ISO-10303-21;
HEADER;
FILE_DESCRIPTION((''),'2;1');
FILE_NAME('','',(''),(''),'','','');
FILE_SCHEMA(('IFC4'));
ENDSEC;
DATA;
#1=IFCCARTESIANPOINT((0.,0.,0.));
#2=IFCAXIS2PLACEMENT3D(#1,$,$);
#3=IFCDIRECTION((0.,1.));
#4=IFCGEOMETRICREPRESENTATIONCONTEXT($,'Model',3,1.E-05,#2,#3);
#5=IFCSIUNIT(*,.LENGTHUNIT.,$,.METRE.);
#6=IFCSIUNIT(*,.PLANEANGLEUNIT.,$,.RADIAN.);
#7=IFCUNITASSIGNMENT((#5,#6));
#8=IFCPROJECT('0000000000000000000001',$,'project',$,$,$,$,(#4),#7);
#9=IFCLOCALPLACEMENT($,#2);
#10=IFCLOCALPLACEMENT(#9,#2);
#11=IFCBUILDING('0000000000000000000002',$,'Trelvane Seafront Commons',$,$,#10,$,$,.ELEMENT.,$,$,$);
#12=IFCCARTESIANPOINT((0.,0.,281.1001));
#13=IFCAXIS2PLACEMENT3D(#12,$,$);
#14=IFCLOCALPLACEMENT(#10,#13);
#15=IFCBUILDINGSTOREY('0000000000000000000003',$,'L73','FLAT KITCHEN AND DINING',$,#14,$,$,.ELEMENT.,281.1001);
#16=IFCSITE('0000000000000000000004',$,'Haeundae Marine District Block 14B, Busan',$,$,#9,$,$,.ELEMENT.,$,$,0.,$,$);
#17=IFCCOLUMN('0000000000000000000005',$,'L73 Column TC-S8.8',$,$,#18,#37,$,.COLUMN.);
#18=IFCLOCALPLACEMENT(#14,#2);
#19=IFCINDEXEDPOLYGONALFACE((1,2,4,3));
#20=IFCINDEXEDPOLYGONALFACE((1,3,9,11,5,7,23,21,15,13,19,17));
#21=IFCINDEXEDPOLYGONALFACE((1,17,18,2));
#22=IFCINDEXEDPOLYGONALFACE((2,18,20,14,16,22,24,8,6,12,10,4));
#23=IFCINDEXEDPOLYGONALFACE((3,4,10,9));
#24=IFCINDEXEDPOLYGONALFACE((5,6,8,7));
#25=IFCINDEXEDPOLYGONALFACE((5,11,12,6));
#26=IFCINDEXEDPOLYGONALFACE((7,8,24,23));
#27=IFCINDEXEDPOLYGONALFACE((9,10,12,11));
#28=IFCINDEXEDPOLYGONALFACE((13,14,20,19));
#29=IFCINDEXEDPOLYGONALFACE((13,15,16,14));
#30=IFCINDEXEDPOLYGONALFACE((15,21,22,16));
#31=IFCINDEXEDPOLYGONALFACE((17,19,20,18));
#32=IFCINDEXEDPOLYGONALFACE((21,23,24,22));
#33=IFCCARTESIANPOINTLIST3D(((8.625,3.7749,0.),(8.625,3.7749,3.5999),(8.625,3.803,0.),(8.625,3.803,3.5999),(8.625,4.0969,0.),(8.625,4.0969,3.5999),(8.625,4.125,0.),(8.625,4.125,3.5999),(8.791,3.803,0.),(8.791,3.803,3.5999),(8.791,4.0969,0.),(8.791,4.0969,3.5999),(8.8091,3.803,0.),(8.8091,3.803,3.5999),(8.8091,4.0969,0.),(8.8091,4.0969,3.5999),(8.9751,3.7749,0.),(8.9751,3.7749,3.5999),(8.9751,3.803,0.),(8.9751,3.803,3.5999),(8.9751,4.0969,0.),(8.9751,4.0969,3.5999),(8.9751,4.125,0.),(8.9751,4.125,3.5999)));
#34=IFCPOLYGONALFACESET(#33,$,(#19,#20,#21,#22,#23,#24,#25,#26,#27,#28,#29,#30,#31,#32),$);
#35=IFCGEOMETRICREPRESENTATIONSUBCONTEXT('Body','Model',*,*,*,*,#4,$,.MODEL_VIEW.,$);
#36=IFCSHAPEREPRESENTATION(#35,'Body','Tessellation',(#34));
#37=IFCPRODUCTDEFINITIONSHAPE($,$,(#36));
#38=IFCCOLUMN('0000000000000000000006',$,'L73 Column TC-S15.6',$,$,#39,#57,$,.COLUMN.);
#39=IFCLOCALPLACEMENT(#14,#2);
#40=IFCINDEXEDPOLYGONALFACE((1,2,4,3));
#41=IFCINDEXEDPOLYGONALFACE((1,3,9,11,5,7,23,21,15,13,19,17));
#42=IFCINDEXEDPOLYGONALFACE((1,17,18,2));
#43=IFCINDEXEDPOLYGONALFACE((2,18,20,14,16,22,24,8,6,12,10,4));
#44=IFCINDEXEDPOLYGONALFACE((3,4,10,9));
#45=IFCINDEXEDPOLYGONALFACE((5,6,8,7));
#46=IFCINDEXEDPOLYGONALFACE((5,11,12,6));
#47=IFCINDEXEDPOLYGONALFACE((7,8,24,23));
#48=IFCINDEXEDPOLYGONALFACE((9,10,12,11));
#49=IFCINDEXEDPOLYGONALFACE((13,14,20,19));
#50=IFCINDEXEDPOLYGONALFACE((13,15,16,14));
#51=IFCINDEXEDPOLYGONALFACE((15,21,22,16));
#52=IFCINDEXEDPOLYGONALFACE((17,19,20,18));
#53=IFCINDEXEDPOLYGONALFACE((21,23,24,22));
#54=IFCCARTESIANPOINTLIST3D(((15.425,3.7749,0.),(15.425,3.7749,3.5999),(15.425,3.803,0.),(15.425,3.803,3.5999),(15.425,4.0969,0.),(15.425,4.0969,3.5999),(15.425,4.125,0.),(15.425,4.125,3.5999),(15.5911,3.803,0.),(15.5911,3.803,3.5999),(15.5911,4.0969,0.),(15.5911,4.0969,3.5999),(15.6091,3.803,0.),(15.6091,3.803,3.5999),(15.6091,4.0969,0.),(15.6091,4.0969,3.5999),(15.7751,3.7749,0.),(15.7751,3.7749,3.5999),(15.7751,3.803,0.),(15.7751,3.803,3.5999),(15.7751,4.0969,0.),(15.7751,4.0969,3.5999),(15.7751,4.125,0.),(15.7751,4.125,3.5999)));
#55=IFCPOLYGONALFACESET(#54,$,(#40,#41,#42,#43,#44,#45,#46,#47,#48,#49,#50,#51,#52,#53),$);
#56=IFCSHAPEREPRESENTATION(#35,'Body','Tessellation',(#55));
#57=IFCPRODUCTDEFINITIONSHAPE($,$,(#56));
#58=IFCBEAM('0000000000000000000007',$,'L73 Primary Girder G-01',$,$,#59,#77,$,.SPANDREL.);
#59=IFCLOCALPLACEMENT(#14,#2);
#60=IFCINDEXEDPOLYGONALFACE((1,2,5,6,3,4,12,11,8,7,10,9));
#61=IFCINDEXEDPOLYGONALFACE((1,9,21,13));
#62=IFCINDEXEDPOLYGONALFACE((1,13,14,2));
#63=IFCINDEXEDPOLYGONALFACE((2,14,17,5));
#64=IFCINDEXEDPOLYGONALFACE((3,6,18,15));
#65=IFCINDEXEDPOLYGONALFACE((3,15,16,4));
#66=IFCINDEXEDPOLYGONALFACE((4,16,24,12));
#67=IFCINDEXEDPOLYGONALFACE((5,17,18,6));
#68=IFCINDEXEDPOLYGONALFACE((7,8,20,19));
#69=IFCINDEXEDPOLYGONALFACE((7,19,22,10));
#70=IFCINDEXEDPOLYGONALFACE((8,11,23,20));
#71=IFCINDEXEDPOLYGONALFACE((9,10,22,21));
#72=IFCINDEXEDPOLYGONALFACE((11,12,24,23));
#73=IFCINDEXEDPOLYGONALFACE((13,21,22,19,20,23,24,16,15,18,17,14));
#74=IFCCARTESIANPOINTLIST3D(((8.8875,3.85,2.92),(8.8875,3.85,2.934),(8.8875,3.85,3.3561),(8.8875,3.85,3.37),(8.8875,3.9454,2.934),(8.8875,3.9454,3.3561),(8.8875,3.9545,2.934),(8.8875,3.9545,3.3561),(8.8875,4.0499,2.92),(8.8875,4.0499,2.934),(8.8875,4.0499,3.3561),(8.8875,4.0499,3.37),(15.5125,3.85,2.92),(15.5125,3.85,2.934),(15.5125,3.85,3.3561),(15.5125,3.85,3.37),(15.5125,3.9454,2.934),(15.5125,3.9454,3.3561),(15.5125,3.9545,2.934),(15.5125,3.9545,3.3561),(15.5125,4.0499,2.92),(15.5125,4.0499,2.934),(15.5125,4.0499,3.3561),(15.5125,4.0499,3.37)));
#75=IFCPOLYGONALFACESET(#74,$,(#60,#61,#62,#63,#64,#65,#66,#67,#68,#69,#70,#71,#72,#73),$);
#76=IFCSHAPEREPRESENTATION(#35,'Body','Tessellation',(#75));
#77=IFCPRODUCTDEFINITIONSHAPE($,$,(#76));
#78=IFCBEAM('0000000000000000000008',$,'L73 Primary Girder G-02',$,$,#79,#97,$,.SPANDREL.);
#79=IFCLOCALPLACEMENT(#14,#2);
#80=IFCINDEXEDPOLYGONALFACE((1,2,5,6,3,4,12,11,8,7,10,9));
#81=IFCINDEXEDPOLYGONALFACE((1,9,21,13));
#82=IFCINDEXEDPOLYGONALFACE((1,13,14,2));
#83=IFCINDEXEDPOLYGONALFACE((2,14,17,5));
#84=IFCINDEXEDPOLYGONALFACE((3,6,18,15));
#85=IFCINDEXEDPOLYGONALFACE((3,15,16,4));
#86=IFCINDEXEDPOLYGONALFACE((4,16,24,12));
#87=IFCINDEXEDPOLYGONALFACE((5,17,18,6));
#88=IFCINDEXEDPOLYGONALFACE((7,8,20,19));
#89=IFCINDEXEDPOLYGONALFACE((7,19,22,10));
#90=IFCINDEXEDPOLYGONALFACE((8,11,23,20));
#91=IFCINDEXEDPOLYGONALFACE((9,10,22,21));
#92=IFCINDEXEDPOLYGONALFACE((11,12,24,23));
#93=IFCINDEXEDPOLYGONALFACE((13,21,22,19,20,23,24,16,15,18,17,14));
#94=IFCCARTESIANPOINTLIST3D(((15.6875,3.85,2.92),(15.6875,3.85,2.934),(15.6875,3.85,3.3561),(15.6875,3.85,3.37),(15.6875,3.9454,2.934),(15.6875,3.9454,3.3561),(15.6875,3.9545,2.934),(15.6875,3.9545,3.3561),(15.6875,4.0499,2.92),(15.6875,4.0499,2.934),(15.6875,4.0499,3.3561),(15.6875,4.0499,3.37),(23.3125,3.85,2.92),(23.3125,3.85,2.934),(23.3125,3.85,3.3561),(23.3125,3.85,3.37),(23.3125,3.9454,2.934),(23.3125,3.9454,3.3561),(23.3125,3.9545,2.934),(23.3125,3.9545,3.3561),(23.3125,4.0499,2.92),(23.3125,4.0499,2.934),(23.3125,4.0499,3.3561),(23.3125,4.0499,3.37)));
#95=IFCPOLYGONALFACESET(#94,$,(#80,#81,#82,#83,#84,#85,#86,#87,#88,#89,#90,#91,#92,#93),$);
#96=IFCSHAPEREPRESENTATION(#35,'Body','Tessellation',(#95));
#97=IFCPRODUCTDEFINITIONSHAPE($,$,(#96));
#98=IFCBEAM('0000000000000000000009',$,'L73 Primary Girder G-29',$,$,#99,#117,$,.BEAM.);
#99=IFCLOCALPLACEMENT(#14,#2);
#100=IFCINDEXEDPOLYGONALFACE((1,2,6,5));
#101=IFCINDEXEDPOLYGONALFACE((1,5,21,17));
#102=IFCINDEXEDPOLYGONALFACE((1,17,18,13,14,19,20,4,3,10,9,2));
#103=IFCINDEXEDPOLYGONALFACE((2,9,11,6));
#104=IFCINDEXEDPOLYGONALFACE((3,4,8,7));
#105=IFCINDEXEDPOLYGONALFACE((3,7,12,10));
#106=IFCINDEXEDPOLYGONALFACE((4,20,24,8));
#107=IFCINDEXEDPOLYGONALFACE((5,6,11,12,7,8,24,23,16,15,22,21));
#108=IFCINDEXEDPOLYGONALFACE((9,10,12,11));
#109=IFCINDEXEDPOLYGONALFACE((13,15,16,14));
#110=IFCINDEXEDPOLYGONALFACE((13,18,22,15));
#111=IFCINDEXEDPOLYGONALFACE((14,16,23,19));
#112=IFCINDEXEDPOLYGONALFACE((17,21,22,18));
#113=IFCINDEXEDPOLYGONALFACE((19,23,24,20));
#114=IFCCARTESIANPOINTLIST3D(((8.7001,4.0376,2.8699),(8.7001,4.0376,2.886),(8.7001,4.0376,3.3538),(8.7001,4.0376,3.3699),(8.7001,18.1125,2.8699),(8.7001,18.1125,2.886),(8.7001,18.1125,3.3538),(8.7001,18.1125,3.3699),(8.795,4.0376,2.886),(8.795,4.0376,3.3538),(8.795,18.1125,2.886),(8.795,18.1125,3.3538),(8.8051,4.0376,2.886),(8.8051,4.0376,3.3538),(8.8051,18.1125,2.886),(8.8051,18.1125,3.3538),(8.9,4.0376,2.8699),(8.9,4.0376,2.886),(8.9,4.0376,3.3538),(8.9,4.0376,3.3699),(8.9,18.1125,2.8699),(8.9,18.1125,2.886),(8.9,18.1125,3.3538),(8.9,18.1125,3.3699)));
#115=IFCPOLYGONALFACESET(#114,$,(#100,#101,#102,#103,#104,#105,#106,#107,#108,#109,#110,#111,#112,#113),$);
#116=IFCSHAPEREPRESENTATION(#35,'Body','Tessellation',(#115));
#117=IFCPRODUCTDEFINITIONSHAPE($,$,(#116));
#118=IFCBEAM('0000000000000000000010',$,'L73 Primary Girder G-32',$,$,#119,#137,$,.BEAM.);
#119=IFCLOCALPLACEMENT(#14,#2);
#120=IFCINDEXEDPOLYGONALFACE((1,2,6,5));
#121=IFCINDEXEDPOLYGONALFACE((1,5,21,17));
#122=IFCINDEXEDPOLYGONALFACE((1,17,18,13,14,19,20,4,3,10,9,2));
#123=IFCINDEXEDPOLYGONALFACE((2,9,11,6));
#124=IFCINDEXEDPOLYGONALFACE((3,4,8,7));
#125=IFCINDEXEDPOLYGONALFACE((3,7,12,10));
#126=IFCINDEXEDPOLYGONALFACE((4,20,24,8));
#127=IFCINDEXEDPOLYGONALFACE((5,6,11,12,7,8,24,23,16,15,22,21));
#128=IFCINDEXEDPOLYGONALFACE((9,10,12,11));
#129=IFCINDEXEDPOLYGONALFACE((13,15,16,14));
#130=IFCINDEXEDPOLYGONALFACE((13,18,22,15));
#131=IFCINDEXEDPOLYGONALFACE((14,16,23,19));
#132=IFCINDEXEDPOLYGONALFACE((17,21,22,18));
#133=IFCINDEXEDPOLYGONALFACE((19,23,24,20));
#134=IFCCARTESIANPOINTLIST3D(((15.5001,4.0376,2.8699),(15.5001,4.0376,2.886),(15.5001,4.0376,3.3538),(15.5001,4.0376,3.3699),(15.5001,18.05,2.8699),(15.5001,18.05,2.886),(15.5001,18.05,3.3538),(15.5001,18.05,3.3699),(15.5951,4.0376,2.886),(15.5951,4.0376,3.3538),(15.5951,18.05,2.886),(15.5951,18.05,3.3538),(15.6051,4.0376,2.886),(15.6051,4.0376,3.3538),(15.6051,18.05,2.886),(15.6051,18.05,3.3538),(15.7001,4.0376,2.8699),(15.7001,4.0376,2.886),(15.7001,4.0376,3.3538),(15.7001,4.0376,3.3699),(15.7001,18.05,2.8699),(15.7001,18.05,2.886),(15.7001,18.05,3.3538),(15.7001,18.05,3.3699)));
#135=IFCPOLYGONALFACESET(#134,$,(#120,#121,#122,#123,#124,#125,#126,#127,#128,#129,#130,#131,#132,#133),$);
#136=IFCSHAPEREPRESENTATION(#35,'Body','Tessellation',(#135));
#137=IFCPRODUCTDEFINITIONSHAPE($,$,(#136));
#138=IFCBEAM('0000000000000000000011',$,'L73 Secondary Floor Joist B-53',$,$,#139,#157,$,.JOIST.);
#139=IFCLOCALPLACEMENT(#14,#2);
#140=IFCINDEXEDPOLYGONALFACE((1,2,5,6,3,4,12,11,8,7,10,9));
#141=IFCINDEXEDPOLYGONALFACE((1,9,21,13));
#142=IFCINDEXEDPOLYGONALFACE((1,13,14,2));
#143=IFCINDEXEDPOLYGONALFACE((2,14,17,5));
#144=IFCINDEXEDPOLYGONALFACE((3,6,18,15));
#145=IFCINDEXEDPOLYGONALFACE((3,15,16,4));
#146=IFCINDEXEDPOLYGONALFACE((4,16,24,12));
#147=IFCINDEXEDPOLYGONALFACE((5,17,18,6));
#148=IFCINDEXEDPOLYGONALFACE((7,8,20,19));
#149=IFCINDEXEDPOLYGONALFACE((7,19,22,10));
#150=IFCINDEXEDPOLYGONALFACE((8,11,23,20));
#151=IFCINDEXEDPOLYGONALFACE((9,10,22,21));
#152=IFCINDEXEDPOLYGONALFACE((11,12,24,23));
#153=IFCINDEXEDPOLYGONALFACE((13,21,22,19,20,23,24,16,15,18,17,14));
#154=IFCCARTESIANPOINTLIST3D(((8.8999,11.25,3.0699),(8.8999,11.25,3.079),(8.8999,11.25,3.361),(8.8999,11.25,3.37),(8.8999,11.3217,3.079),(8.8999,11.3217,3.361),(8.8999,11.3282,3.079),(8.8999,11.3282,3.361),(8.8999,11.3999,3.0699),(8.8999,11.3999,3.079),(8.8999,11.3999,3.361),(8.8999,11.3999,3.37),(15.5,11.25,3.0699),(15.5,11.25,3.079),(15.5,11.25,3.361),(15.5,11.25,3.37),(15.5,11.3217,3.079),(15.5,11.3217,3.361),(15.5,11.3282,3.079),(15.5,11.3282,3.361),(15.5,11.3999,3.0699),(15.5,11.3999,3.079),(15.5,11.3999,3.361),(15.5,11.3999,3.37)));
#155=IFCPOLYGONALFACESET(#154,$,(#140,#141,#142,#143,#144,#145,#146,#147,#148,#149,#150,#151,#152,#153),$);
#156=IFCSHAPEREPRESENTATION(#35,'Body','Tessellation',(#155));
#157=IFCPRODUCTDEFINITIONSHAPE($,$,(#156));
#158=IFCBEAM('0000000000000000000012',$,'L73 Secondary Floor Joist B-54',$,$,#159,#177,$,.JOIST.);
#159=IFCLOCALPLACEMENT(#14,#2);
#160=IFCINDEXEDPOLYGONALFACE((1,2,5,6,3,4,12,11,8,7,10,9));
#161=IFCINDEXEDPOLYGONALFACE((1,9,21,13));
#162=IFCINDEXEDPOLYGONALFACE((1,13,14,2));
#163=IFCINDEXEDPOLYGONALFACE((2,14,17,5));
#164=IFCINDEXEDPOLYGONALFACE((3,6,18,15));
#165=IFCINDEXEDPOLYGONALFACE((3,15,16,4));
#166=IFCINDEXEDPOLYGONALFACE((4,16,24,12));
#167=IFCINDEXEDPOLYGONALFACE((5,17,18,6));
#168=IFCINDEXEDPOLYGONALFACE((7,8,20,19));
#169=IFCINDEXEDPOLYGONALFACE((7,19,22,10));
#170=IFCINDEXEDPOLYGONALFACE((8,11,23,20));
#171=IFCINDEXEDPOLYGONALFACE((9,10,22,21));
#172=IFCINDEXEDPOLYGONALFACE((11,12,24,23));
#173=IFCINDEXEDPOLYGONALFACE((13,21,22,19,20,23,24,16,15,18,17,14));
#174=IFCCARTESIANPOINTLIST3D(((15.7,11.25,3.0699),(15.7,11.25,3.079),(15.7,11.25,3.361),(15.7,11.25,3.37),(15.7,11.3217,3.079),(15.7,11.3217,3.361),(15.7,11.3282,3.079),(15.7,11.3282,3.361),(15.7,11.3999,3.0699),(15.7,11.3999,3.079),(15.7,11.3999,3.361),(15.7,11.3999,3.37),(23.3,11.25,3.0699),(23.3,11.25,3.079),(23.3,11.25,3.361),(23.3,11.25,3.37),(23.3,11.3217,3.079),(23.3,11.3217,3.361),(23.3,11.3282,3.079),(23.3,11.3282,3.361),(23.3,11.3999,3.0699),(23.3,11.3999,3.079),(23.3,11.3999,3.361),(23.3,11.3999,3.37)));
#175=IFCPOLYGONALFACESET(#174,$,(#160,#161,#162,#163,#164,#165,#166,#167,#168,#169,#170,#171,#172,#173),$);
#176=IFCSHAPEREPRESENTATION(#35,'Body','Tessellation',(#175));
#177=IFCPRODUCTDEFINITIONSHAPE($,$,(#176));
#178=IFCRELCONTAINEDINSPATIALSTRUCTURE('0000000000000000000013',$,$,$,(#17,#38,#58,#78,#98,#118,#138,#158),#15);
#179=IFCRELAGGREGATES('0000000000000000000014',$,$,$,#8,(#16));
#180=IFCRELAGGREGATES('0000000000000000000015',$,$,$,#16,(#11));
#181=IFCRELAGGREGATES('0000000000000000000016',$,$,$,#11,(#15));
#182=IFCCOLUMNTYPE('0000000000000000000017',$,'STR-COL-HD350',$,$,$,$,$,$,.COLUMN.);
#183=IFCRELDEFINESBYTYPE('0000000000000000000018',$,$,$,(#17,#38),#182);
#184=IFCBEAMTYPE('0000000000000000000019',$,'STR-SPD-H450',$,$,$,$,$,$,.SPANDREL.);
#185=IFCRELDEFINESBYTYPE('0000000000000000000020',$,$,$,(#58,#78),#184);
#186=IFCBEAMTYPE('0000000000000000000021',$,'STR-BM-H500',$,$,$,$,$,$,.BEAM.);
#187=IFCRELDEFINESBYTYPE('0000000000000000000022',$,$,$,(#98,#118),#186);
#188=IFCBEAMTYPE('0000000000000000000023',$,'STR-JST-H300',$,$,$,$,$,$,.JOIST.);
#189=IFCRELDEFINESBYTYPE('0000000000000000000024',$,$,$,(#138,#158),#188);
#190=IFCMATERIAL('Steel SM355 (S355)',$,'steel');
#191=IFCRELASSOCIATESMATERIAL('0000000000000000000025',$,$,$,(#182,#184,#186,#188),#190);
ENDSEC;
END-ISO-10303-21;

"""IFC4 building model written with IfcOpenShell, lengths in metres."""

from ifc_helpers import new_model, si_unit, direction, frame, origin, origin_2d, place, context, subcontext, project, spatial, i_section, extrude, source, transform, mapped, material, material_profile, profile_set, type_object, element, save


model = new_model("IFC4")

# Units and contexts
model_context = context("Model", 3, precision=1e-05, world=origin(), true_north=direction((0.0, 1.0)))
body_context = subcontext(model_context, "Body", "Model", "MODEL_VIEW")
ifc_project = project(units=[si_unit("LENGTHUNIT", "METRE"), si_unit("PLANEANGLEUNIT", "RADIAN")], contexts=[model_context])

# Site, building, storey
site_placement = place(None, origin())
site = spatial("IfcSite", under=ifc_project, at=site_placement, Name="Haeundae Marine District Block 14B, Busan", CompositionType="ELEMENT", RefElevation=0.0)
building_placement = place(site_placement, origin())
building = spatial("IfcBuilding", under=site, at=building_placement, Name="Trelvane Seafront Commons", CompositionType="ELEMENT")
storey_placement = place(building_placement, frame((0.0, 0.0, 281.1001)))
storey = spatial("IfcBuildingStorey", under=building, at=storey_placement, Name="L73", Description="FLAT KITCHEN AND DINING", CompositionType="ELEMENT", Elevation=281.1001)

# Columns
ifc_material_1 = material(Name="Steel SM355 (S355)", Category="steel")
ifc_material_profile_1 = material_profile(ifc_material_1, i_section(OverallWidth=0.3501, OverallDepth=0.3501, WebThickness=0.0181, FlangeThickness=0.0281, at=origin_2d()), Name="HD-350x350x18x28")
ifc_profile_set_1 = profile_set([ifc_material_profile_1], Name="Steel SM355 (S355)")
column_type = type_object("IfcColumnType", Name="STR-COL-HD350", PredefinedType="COLUMN", material=ifc_profile_set_1)
shared_shape_1 = source(origin(), body_context, "Body", "SweptSolid", [
    extrude(i_section(OverallWidth=0.3501, OverallDepth=0.3501, WebThickness=0.0181, FlangeThickness=0.0281, at=origin_2d()), origin(), (0.0, 0.0, 1.0), 3.5999),
])
for number, where, z_axis, x_axis, name in (
    (1, (8.8, 3.95, 0.0), (0.0, 0.0, 1.0), (1.0, 0.0, 0.0), "L73 Column TC-S8.8"),
    (2, (15.6001, 3.95, 0.0), (0.0, 0.0, 1.0), (1.0, 0.0, 0.0), "L73 Column TC-S15.6"),
):
    element("IfcColumn", number, at=place(storey_placement, frame(where, z_axis=z_axis, x_axis=x_axis)), inside=storey, type_object=column_type, Name=name, PredefinedType="COLUMN", context=body_context, shape_type="MappedRepresentation", body=[
        mapped(shared_shape_1, transform((0.0, 0.0, 0.0), x_axis=(1.0, 0.0, 0.0), y_axis=(0.0, 1.0, 0.0), z_axis=(0.0, 0.0, 1.0), scale=1.0)),
    ])

# Beams
ifc_material_profile_2 = material_profile(ifc_material_1, i_section(OverallWidth=0.2, OverallDepth=0.45, WebThickness=0.009, FlangeThickness=0.0139, at=origin_2d()), Name="H-450x200x9x14")
ifc_profile_set_2 = profile_set([ifc_material_profile_2], Name="Steel SM355 (S355)")
beam_type_1 = type_object("IfcBeamType", Name="STR-SPD-H450", PredefinedType="SPANDREL", material=ifc_profile_set_2)
shared_shape_2 = source(origin(), body_context, "Body", "SweptSolid", [
    extrude(i_section(OverallWidth=0.2, OverallDepth=0.45, WebThickness=0.009, FlangeThickness=0.0139, at=origin_2d()), origin(), (0.0, 0.0, 1.0), 6.625),
])
beam_1_placement = place(storey_placement, frame((8.8875, 3.95, 3.145), z_axis=(1.0, 0.0, 0.0), x_axis=(0.0, 1.0, 0.0)))
element("IfcBeam", 3, at=beam_1_placement, inside=storey, type_object=beam_type_1, Name="L73 Primary Girder G-01", PredefinedType="SPANDREL", context=body_context, shape_type="MappedRepresentation", body=[
    mapped(shared_shape_2, transform((0.0, 0.0, 0.0), x_axis=(1.0, 0.0, 0.0), y_axis=(0.0, 1.0, 0.0), z_axis=(0.0, 0.0, 1.0), scale=1.0)),
])
shared_shape_3 = source(origin(), body_context, "Body", "SweptSolid", [
    extrude(i_section(OverallWidth=0.2, OverallDepth=0.45, WebThickness=0.009, FlangeThickness=0.0139, at=origin_2d()), origin(), (0.0, 0.0, 1.0), 7.625),
])
beam_2_placement = place(storey_placement, frame((15.6875, 3.95, 3.145), z_axis=(1.0, 0.0, 0.0), x_axis=(0.0, 1.0, 0.0)))
element("IfcBeam", 4, at=beam_2_placement, inside=storey, type_object=beam_type_1, Name="L73 Primary Girder G-02", PredefinedType="SPANDREL", context=body_context, shape_type="MappedRepresentation", body=[
    mapped(shared_shape_3, transform((0.0, 0.0, 0.0), x_axis=(1.0, 0.0, 0.0), y_axis=(0.0, 1.0, 0.0), z_axis=(0.0, 0.0, 1.0), scale=1.0)),
])
ifc_material_profile_3 = material_profile(ifc_material_1, i_section(OverallWidth=0.2, OverallDepth=0.5, WebThickness=0.01, FlangeThickness=0.0161, at=origin_2d()), Name="H-500x200x10x16")
ifc_profile_set_3 = profile_set([ifc_material_profile_3], Name="Steel SM355 (S355)")
beam_type_2 = type_object("IfcBeamType", Name="STR-BM-H500", PredefinedType="BEAM", material=ifc_profile_set_3)
shared_shape_4 = source(origin(), body_context, "Body", "SweptSolid", [
    extrude(i_section(OverallWidth=0.2, OverallDepth=0.5, WebThickness=0.01, FlangeThickness=0.0161, at=origin_2d()), origin(), (0.0, 0.0, 1.0), 14.075),
])
beam_3_placement = place(storey_placement, frame((8.8, 4.0376, 3.1199), z_axis=(0.0, 1.0, 0.0), x_axis=(-1.0, 0.0, 0.0)))
element("IfcBeam", 5, at=beam_3_placement, inside=storey, type_object=beam_type_2, Name="L73 Primary Girder G-29", PredefinedType="BEAM", context=body_context, shape_type="MappedRepresentation", body=[
    mapped(shared_shape_4, transform((0.0, 0.0, 0.0), x_axis=(1.0, 0.0, 0.0), y_axis=(0.0, 1.0, 0.0), z_axis=(0.0, 0.0, 1.0), scale=1.0)),
])
shared_shape_5 = source(origin(), body_context, "Body", "SweptSolid", [
    extrude(i_section(OverallWidth=0.2, OverallDepth=0.5, WebThickness=0.01, FlangeThickness=0.0161, at=origin_2d()), origin(), (0.0, 0.0, 1.0), 14.0125),
])
beam_4_placement = place(storey_placement, frame((15.6001, 4.0376, 3.1199), z_axis=(0.0, 1.0, 0.0), x_axis=(-1.0, 0.0, 0.0)))
element("IfcBeam", 6, at=beam_4_placement, inside=storey, type_object=beam_type_2, Name="L73 Primary Girder G-32", PredefinedType="BEAM", context=body_context, shape_type="MappedRepresentation", body=[
    mapped(shared_shape_5, transform((0.0, 0.0, 0.0), x_axis=(1.0, 0.0, 0.0), y_axis=(0.0, 1.0, 0.0), z_axis=(0.0, 0.0, 1.0), scale=1.0)),
])
ifc_material_profile_4 = material_profile(ifc_material_1, i_section(OverallWidth=0.1499, OverallDepth=0.3, WebThickness=0.0066, FlangeThickness=0.009, at=origin_2d()), Name="H-300x150x6.5x9")
ifc_profile_set_4 = profile_set([ifc_material_profile_4], Name="Steel SM355 (S355)")
beam_type_3 = type_object("IfcBeamType", Name="STR-JST-H300", PredefinedType="JOIST", material=ifc_profile_set_4)
shared_shape_6 = source(origin(), body_context, "Body", "SweptSolid", [
    extrude(i_section(OverallWidth=0.1499, OverallDepth=0.3, WebThickness=0.0066, FlangeThickness=0.009, at=origin_2d()), origin(), (0.0, 0.0, 1.0), 6.6001),
])
beam_5_placement = place(storey_placement, frame((8.8999, 11.325, 3.22), z_axis=(1.0, 0.0, 0.0), x_axis=(0.0, 1.0, 0.0)))
element("IfcBeam", 7, at=beam_5_placement, inside=storey, type_object=beam_type_3, Name="L73 Secondary Floor Joist B-53", PredefinedType="JOIST", context=body_context, shape_type="MappedRepresentation", body=[
    mapped(shared_shape_6, transform((0.0, 0.0, 0.0), x_axis=(1.0, 0.0, 0.0), y_axis=(0.0, 1.0, 0.0), z_axis=(0.0, 0.0, 1.0), scale=1.0)),
])
shared_shape_7 = source(origin(), body_context, "Body", "SweptSolid", [
    extrude(i_section(OverallWidth=0.1499, OverallDepth=0.3, WebThickness=0.0066, FlangeThickness=0.009, at=origin_2d()), origin(), (0.0, 0.0, 1.0), 7.6001),
])
beam_6_placement = place(storey_placement, frame((15.7, 11.325, 3.22), z_axis=(1.0, 0.0, 0.0), x_axis=(0.0, 1.0, 0.0)))
element("IfcBeam", 8, at=beam_6_placement, inside=storey, type_object=beam_type_3, Name="L73 Secondary Floor Joist B-54", PredefinedType="JOIST", context=body_context, shape_type="MappedRepresentation", body=[
    mapped(shared_shape_7, transform((0.0, 0.0, 0.0), x_axis=(1.0, 0.0, 0.0), y_axis=(0.0, 1.0, 0.0), z_axis=(0.0, 0.0, 1.0), scale=1.0)),
])

save(model, "model.ifc")
